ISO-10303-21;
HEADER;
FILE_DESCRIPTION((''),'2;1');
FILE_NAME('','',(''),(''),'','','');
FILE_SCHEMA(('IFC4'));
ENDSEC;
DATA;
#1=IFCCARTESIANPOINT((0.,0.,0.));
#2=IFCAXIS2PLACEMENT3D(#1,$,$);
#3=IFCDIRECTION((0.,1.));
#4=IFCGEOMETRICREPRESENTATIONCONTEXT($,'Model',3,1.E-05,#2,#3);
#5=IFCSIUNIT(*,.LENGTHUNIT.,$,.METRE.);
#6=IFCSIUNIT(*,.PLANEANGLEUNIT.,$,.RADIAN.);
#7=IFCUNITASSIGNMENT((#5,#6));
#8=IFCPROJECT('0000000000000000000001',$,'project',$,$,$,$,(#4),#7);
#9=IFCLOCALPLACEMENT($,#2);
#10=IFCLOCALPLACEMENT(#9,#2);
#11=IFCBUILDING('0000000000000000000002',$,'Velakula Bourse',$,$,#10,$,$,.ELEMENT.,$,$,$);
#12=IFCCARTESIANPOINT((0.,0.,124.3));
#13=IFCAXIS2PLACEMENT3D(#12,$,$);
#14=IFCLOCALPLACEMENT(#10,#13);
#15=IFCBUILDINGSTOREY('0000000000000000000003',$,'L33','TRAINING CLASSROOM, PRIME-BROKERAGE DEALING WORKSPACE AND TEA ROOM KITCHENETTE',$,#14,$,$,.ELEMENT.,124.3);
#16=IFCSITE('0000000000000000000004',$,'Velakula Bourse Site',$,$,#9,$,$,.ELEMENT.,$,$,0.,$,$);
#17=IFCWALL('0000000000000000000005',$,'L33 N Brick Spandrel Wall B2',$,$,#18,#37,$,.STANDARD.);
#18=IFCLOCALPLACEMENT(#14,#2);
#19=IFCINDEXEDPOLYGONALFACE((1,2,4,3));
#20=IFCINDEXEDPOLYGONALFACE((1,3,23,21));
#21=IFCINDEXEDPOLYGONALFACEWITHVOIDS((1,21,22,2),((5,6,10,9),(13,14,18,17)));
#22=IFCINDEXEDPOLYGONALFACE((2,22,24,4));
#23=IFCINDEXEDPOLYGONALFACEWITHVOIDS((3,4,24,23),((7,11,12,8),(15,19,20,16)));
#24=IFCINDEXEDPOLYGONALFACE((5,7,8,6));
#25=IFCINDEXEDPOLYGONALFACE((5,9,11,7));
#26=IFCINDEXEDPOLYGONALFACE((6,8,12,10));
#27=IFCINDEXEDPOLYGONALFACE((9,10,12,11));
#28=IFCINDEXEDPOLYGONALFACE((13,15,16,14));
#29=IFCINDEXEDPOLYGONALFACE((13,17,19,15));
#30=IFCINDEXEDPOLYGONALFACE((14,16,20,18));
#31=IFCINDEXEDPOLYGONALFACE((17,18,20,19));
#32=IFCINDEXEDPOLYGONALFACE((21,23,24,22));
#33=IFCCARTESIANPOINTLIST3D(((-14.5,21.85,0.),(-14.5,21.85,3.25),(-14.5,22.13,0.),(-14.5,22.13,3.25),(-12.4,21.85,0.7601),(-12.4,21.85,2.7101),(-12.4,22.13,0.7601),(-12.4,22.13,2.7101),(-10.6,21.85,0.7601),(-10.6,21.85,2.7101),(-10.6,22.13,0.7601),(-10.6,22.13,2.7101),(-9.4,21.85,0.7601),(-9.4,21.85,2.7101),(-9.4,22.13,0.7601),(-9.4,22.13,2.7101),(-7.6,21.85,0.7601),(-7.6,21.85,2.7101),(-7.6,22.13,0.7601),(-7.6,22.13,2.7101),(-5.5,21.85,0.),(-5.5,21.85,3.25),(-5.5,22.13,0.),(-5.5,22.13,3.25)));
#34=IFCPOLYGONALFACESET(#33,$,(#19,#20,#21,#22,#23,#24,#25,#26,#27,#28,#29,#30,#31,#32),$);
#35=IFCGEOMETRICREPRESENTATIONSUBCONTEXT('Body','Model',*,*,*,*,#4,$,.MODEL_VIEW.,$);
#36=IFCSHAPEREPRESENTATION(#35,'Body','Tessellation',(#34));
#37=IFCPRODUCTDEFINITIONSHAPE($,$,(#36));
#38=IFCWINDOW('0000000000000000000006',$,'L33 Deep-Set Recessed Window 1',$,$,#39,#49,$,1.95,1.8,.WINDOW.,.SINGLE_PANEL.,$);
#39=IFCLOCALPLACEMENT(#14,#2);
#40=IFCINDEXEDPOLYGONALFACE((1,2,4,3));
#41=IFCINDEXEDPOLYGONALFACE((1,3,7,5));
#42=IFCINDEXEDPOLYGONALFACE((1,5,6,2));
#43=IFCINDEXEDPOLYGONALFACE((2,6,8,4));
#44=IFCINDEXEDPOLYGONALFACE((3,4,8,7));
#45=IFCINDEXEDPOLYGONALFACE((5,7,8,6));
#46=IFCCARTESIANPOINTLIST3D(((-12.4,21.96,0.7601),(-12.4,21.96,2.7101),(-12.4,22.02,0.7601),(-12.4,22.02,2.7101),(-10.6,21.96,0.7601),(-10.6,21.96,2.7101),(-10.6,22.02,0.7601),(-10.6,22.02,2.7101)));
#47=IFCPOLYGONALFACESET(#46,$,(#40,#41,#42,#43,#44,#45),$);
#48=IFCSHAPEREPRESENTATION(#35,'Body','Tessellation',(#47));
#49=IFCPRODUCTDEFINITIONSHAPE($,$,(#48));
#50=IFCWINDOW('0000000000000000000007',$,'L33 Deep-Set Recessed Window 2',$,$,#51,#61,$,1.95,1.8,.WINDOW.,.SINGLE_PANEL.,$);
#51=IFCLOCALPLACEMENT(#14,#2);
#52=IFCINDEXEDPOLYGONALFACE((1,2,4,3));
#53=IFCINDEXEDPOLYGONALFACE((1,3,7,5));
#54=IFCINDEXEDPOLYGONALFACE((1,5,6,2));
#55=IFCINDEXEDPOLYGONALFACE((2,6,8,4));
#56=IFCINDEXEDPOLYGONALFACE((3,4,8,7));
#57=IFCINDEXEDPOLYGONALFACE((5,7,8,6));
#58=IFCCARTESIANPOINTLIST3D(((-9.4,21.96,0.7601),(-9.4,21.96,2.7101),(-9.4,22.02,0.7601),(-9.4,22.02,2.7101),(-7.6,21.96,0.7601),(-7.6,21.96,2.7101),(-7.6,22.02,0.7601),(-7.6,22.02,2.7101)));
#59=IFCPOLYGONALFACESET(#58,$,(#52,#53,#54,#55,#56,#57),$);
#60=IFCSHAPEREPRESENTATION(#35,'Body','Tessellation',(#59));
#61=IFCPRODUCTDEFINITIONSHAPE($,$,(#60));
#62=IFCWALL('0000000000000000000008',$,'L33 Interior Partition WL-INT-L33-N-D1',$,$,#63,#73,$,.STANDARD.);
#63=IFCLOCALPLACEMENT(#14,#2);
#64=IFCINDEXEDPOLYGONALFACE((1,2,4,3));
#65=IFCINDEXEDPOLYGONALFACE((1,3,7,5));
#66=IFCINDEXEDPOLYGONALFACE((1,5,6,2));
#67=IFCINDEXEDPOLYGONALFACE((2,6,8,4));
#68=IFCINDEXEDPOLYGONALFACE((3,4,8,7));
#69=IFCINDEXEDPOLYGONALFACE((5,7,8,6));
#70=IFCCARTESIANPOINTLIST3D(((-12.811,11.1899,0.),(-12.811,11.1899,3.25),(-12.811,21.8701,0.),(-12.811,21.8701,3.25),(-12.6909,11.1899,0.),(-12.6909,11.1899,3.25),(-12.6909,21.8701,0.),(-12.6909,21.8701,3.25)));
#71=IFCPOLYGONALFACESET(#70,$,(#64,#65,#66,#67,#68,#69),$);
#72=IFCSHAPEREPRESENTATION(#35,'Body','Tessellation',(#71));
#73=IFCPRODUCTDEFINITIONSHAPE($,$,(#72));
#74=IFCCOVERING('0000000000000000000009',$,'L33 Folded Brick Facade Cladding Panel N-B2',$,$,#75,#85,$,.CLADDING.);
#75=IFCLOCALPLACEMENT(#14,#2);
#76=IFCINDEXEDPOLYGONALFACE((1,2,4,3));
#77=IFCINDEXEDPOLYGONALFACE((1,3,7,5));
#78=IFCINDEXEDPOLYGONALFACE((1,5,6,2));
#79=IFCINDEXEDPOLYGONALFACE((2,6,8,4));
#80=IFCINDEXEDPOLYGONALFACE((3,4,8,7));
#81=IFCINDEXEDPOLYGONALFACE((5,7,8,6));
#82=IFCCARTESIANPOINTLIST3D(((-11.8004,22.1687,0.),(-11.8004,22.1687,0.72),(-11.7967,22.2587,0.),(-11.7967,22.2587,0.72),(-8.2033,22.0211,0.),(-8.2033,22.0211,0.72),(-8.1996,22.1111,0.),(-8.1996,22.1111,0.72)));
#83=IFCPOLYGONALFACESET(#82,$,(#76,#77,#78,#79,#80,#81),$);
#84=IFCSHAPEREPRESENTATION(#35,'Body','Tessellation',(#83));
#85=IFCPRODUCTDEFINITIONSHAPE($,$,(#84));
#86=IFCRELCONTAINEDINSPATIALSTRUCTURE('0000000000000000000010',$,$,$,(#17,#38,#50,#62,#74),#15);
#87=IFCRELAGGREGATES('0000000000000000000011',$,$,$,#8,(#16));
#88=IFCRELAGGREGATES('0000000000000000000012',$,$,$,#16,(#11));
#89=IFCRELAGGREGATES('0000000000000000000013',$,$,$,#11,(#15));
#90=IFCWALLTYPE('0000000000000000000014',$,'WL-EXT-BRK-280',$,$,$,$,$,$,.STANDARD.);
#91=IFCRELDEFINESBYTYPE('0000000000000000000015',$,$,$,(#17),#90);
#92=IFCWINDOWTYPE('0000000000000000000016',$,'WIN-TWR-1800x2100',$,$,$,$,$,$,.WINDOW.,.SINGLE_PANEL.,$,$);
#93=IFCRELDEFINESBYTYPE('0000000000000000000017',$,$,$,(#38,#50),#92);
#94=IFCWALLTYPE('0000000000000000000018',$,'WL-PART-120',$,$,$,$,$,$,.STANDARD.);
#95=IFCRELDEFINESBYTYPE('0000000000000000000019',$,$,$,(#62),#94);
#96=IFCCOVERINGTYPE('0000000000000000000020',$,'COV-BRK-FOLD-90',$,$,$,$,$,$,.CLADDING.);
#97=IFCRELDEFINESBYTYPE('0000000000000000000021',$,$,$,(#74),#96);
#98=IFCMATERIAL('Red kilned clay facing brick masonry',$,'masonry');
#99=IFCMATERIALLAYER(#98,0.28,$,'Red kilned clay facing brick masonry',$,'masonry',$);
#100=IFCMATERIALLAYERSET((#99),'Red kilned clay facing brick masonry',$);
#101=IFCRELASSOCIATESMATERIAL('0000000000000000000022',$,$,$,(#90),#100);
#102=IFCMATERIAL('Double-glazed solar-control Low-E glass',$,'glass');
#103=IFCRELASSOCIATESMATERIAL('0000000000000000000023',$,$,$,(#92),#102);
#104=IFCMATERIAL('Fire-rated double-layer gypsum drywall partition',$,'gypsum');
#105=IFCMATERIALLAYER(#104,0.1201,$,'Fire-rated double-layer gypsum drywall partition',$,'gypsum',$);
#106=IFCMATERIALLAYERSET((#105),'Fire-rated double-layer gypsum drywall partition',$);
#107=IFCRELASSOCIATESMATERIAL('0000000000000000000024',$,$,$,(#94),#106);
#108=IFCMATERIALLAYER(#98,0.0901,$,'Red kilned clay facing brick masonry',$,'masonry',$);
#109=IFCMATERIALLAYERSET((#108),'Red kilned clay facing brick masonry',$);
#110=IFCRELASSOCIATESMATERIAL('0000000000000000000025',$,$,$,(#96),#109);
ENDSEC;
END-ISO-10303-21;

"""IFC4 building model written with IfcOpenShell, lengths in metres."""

from ifc_helpers import new_model, si_unit, direction, frame, frame_2d, origin, origin_2d, place, context, subcontext, project, spatial, rectangle, extrude, material, layer, layer_set, type_object, element, fill, save


model = new_model("IFC4")

# Units and contexts
model_context = context("Model", 3, precision=1e-05, world=origin(), true_north=direction((0.0, 1.0)))
body_context = subcontext(model_context, "Body", "Model", "MODEL_VIEW")
ifc_project = project(units=[si_unit("LENGTHUNIT", "METRE"), si_unit("PLANEANGLEUNIT", "RADIAN")], contexts=[model_context])

# Site, building, storey
site_placement = place(None, origin())
site = spatial("IfcSite", under=ifc_project, at=site_placement, Name="Velakula Bourse Site", CompositionType="ELEMENT", RefElevation=0.0)
building_placement = place(site_placement, origin())
building = spatial("IfcBuilding", under=site, at=building_placement, Name="Velakula Bourse", CompositionType="ELEMENT")
storey_placement = place(building_placement, frame((0.0, 0.0, 124.3)))
storey = spatial("IfcBuildingStorey", under=building, at=storey_placement, Name="L33", Description="TRAINING CLASSROOM, PRIME-BROKERAGE DEALING WORKSPACE AND TEA ROOM KITCHENETTE", CompositionType="ELEMENT", Elevation=124.3)

# Wall, openings, windows
ifc_material_1 = material(Name="Red kilned clay facing brick masonry", Category="masonry")
ifc_layer_1 = layer(ifc_material_1, 0.28, Name="Red kilned clay facing brick masonry", Category="masonry")
ifc_layer_set_1 = layer_set([ifc_layer_1], Name="Red kilned clay facing brick masonry")
wall_type_1 = type_object("IfcWallType", Name="WL-EXT-BRK-280", PredefinedType="STANDARD", material=ifc_layer_set_1)
wall_1_placement = place(storey_placement, frame((-14.5, 21.99, 0.0), z_axis=(0.0, 0.0, 1.0), x_axis=(1.0, 0.0, 0.0)))
wall_1 = element("IfcWall", 1, at=wall_1_placement, inside=storey, type_object=wall_type_1, Name="L33 N Brick Spandrel Wall B2", PredefinedType="STANDARD", context=body_context, shape_type="SweptSolid", body=[
    extrude(rectangle(XDim=9.0, YDim=0.28, at=frame_2d((4.5, 0.0))), origin(), (0.0, 0.0, 1.0), 3.25),
])
opening_1_placement = place(wall_1_placement, frame((2.1001, 0.0, 0.76)))
opening_1 = element("IfcOpeningElement", 2, at=opening_1_placement, cuts=wall_1, PredefinedType="OPENING", context=body_context, shape_type="SweptSolid", body=[
    extrude(rectangle(XDim=1.8, YDim=1.95, at=frame_2d((0.8999, 0.9751))), frame((0.0, 0.1499, 0.0), z_axis=(0.0, -1.0, 0.0), x_axis=(1.0, 0.0, 0.0)), (0.0, 0.0, 1.0), 0.3),
])
opening_2_placement = place(wall_1_placement, frame((5.1001, 0.0, 0.76)))
opening_2 = element("IfcOpeningElement", 3, at=opening_2_placement, cuts=wall_1, PredefinedType="OPENING", context=body_context, shape_type="SweptSolid", body=[
    extrude(rectangle(XDim=1.8, YDim=1.95, at=frame_2d((0.8999, 0.9751))), frame((0.0, 0.1499, 0.0), z_axis=(0.0, -1.0, 0.0), x_axis=(1.0, 0.0, 0.0)), (0.0, 0.0, 1.0), 0.3),
])
ifc_material_2 = material(Name="Double-glazed solar-control Low-E glass", Category="glass")
window_type = type_object("IfcWindowType", Name="WIN-TWR-1800x2100", PartitioningType="SINGLE_PANEL", PredefinedType="WINDOW", material=ifc_material_2)
window_1_placement = place(opening_1_placement, origin())
window_1 = element("IfcWindow", 4, at=window_1_placement, inside=storey, type_object=window_type, Name="L33 Deep-Set Recessed Window 1", OverallHeight=1.95, OverallWidth=1.8, PartitioningType="SINGLE_PANEL", PredefinedType="WINDOW", context=body_context, shape_type="SweptSolid", body=[
    extrude(rectangle(XDim=1.8, YDim=1.95, at=frame_2d((0.8999, 0.9751))), frame((0.0, 0.03, 0.0), z_axis=(0.0, -1.0, 0.0), x_axis=(1.0, 0.0, 0.0)), (0.0, 0.0, 1.0), 0.0601),
])
fill(opening_1, window_1)
window_2_placement = place(opening_2_placement, origin())
window_2 = element("IfcWindow", 5, at=window_2_placement, inside=storey, type_object=window_type, Name="L33 Deep-Set Recessed Window 2", OverallHeight=1.95, OverallWidth=1.8, PartitioningType="SINGLE_PANEL", PredefinedType="WINDOW", context=body_context, shape_type="SweptSolid", body=[
    extrude(rectangle(XDim=1.8, YDim=1.95, at=frame_2d((0.8999, 0.9751))), frame((0.0, 0.03, 0.0), z_axis=(0.0, -1.0, 0.0), x_axis=(1.0, 0.0, 0.0)), (0.0, 0.0, 1.0), 0.0601),
])
fill(opening_2, window_2)

# Wall
ifc_material_3 = material(Name="Fire-rated double-layer gypsum drywall partition", Category="gypsum")
ifc_layer_2 = layer(ifc_material_3, 0.1201, Name="Fire-rated double-layer gypsum drywall partition", Category="gypsum")
ifc_layer_set_2 = layer_set([ifc_layer_2], Name="Fire-rated double-layer gypsum drywall partition")
wall_type_2 = type_object("IfcWallType", Name="WL-PART-120", PredefinedType="STANDARD", material=ifc_layer_set_2)
wall_2_placement = place(storey_placement, frame((-12.751, 11.1899, 0.0), z_axis=(0.0, 0.0, 1.0), x_axis=(0.0, 1.0, 0.0)))
element("IfcWall", 6, at=wall_2_placement, inside=storey, type_object=wall_type_2, Name="L33 Interior Partition WL-INT-L33-N-D1", PredefinedType="STANDARD", context=body_context, shape_type="SweptSolid", body=[
    extrude(rectangle(XDim=10.6802, YDim=0.1201, at=frame_2d((5.3401, 0.0))), origin(), (0.0, 0.0, 1.0), 3.25),
])

# Covering
ifc_layer_3 = layer(ifc_material_1, 0.0901, Name="Red kilned clay facing brick masonry", Category="masonry")
ifc_layer_set_3 = layer_set([ifc_layer_3], Name="Red kilned clay facing brick masonry")
covering_type = type_object("IfcCoveringType", Name="COV-BRK-FOLD-90", PredefinedType="CLADDING", material=ifc_layer_set_3)
covering_placement = place(storey_placement, frame((-10.0, 22.1399, 0.0), z_axis=(0.0, 0.0, 1.0), x_axis=(0.999159, -0.041004, 0.0)))
element("IfcCovering", 7, at=covering_placement, inside=storey, type_object=covering_type, Name="L33 Folded Brick Facade Cladding Panel N-B2", PredefinedType="CLADDING", context=body_context, shape_type="SweptSolid", body=[
    extrude(rectangle(XDim=3.6001, YDim=0.0901, at=origin_2d()), origin(), (0.0, 0.0, 1.0), 0.72),
])

save(model, "model.ifc")
